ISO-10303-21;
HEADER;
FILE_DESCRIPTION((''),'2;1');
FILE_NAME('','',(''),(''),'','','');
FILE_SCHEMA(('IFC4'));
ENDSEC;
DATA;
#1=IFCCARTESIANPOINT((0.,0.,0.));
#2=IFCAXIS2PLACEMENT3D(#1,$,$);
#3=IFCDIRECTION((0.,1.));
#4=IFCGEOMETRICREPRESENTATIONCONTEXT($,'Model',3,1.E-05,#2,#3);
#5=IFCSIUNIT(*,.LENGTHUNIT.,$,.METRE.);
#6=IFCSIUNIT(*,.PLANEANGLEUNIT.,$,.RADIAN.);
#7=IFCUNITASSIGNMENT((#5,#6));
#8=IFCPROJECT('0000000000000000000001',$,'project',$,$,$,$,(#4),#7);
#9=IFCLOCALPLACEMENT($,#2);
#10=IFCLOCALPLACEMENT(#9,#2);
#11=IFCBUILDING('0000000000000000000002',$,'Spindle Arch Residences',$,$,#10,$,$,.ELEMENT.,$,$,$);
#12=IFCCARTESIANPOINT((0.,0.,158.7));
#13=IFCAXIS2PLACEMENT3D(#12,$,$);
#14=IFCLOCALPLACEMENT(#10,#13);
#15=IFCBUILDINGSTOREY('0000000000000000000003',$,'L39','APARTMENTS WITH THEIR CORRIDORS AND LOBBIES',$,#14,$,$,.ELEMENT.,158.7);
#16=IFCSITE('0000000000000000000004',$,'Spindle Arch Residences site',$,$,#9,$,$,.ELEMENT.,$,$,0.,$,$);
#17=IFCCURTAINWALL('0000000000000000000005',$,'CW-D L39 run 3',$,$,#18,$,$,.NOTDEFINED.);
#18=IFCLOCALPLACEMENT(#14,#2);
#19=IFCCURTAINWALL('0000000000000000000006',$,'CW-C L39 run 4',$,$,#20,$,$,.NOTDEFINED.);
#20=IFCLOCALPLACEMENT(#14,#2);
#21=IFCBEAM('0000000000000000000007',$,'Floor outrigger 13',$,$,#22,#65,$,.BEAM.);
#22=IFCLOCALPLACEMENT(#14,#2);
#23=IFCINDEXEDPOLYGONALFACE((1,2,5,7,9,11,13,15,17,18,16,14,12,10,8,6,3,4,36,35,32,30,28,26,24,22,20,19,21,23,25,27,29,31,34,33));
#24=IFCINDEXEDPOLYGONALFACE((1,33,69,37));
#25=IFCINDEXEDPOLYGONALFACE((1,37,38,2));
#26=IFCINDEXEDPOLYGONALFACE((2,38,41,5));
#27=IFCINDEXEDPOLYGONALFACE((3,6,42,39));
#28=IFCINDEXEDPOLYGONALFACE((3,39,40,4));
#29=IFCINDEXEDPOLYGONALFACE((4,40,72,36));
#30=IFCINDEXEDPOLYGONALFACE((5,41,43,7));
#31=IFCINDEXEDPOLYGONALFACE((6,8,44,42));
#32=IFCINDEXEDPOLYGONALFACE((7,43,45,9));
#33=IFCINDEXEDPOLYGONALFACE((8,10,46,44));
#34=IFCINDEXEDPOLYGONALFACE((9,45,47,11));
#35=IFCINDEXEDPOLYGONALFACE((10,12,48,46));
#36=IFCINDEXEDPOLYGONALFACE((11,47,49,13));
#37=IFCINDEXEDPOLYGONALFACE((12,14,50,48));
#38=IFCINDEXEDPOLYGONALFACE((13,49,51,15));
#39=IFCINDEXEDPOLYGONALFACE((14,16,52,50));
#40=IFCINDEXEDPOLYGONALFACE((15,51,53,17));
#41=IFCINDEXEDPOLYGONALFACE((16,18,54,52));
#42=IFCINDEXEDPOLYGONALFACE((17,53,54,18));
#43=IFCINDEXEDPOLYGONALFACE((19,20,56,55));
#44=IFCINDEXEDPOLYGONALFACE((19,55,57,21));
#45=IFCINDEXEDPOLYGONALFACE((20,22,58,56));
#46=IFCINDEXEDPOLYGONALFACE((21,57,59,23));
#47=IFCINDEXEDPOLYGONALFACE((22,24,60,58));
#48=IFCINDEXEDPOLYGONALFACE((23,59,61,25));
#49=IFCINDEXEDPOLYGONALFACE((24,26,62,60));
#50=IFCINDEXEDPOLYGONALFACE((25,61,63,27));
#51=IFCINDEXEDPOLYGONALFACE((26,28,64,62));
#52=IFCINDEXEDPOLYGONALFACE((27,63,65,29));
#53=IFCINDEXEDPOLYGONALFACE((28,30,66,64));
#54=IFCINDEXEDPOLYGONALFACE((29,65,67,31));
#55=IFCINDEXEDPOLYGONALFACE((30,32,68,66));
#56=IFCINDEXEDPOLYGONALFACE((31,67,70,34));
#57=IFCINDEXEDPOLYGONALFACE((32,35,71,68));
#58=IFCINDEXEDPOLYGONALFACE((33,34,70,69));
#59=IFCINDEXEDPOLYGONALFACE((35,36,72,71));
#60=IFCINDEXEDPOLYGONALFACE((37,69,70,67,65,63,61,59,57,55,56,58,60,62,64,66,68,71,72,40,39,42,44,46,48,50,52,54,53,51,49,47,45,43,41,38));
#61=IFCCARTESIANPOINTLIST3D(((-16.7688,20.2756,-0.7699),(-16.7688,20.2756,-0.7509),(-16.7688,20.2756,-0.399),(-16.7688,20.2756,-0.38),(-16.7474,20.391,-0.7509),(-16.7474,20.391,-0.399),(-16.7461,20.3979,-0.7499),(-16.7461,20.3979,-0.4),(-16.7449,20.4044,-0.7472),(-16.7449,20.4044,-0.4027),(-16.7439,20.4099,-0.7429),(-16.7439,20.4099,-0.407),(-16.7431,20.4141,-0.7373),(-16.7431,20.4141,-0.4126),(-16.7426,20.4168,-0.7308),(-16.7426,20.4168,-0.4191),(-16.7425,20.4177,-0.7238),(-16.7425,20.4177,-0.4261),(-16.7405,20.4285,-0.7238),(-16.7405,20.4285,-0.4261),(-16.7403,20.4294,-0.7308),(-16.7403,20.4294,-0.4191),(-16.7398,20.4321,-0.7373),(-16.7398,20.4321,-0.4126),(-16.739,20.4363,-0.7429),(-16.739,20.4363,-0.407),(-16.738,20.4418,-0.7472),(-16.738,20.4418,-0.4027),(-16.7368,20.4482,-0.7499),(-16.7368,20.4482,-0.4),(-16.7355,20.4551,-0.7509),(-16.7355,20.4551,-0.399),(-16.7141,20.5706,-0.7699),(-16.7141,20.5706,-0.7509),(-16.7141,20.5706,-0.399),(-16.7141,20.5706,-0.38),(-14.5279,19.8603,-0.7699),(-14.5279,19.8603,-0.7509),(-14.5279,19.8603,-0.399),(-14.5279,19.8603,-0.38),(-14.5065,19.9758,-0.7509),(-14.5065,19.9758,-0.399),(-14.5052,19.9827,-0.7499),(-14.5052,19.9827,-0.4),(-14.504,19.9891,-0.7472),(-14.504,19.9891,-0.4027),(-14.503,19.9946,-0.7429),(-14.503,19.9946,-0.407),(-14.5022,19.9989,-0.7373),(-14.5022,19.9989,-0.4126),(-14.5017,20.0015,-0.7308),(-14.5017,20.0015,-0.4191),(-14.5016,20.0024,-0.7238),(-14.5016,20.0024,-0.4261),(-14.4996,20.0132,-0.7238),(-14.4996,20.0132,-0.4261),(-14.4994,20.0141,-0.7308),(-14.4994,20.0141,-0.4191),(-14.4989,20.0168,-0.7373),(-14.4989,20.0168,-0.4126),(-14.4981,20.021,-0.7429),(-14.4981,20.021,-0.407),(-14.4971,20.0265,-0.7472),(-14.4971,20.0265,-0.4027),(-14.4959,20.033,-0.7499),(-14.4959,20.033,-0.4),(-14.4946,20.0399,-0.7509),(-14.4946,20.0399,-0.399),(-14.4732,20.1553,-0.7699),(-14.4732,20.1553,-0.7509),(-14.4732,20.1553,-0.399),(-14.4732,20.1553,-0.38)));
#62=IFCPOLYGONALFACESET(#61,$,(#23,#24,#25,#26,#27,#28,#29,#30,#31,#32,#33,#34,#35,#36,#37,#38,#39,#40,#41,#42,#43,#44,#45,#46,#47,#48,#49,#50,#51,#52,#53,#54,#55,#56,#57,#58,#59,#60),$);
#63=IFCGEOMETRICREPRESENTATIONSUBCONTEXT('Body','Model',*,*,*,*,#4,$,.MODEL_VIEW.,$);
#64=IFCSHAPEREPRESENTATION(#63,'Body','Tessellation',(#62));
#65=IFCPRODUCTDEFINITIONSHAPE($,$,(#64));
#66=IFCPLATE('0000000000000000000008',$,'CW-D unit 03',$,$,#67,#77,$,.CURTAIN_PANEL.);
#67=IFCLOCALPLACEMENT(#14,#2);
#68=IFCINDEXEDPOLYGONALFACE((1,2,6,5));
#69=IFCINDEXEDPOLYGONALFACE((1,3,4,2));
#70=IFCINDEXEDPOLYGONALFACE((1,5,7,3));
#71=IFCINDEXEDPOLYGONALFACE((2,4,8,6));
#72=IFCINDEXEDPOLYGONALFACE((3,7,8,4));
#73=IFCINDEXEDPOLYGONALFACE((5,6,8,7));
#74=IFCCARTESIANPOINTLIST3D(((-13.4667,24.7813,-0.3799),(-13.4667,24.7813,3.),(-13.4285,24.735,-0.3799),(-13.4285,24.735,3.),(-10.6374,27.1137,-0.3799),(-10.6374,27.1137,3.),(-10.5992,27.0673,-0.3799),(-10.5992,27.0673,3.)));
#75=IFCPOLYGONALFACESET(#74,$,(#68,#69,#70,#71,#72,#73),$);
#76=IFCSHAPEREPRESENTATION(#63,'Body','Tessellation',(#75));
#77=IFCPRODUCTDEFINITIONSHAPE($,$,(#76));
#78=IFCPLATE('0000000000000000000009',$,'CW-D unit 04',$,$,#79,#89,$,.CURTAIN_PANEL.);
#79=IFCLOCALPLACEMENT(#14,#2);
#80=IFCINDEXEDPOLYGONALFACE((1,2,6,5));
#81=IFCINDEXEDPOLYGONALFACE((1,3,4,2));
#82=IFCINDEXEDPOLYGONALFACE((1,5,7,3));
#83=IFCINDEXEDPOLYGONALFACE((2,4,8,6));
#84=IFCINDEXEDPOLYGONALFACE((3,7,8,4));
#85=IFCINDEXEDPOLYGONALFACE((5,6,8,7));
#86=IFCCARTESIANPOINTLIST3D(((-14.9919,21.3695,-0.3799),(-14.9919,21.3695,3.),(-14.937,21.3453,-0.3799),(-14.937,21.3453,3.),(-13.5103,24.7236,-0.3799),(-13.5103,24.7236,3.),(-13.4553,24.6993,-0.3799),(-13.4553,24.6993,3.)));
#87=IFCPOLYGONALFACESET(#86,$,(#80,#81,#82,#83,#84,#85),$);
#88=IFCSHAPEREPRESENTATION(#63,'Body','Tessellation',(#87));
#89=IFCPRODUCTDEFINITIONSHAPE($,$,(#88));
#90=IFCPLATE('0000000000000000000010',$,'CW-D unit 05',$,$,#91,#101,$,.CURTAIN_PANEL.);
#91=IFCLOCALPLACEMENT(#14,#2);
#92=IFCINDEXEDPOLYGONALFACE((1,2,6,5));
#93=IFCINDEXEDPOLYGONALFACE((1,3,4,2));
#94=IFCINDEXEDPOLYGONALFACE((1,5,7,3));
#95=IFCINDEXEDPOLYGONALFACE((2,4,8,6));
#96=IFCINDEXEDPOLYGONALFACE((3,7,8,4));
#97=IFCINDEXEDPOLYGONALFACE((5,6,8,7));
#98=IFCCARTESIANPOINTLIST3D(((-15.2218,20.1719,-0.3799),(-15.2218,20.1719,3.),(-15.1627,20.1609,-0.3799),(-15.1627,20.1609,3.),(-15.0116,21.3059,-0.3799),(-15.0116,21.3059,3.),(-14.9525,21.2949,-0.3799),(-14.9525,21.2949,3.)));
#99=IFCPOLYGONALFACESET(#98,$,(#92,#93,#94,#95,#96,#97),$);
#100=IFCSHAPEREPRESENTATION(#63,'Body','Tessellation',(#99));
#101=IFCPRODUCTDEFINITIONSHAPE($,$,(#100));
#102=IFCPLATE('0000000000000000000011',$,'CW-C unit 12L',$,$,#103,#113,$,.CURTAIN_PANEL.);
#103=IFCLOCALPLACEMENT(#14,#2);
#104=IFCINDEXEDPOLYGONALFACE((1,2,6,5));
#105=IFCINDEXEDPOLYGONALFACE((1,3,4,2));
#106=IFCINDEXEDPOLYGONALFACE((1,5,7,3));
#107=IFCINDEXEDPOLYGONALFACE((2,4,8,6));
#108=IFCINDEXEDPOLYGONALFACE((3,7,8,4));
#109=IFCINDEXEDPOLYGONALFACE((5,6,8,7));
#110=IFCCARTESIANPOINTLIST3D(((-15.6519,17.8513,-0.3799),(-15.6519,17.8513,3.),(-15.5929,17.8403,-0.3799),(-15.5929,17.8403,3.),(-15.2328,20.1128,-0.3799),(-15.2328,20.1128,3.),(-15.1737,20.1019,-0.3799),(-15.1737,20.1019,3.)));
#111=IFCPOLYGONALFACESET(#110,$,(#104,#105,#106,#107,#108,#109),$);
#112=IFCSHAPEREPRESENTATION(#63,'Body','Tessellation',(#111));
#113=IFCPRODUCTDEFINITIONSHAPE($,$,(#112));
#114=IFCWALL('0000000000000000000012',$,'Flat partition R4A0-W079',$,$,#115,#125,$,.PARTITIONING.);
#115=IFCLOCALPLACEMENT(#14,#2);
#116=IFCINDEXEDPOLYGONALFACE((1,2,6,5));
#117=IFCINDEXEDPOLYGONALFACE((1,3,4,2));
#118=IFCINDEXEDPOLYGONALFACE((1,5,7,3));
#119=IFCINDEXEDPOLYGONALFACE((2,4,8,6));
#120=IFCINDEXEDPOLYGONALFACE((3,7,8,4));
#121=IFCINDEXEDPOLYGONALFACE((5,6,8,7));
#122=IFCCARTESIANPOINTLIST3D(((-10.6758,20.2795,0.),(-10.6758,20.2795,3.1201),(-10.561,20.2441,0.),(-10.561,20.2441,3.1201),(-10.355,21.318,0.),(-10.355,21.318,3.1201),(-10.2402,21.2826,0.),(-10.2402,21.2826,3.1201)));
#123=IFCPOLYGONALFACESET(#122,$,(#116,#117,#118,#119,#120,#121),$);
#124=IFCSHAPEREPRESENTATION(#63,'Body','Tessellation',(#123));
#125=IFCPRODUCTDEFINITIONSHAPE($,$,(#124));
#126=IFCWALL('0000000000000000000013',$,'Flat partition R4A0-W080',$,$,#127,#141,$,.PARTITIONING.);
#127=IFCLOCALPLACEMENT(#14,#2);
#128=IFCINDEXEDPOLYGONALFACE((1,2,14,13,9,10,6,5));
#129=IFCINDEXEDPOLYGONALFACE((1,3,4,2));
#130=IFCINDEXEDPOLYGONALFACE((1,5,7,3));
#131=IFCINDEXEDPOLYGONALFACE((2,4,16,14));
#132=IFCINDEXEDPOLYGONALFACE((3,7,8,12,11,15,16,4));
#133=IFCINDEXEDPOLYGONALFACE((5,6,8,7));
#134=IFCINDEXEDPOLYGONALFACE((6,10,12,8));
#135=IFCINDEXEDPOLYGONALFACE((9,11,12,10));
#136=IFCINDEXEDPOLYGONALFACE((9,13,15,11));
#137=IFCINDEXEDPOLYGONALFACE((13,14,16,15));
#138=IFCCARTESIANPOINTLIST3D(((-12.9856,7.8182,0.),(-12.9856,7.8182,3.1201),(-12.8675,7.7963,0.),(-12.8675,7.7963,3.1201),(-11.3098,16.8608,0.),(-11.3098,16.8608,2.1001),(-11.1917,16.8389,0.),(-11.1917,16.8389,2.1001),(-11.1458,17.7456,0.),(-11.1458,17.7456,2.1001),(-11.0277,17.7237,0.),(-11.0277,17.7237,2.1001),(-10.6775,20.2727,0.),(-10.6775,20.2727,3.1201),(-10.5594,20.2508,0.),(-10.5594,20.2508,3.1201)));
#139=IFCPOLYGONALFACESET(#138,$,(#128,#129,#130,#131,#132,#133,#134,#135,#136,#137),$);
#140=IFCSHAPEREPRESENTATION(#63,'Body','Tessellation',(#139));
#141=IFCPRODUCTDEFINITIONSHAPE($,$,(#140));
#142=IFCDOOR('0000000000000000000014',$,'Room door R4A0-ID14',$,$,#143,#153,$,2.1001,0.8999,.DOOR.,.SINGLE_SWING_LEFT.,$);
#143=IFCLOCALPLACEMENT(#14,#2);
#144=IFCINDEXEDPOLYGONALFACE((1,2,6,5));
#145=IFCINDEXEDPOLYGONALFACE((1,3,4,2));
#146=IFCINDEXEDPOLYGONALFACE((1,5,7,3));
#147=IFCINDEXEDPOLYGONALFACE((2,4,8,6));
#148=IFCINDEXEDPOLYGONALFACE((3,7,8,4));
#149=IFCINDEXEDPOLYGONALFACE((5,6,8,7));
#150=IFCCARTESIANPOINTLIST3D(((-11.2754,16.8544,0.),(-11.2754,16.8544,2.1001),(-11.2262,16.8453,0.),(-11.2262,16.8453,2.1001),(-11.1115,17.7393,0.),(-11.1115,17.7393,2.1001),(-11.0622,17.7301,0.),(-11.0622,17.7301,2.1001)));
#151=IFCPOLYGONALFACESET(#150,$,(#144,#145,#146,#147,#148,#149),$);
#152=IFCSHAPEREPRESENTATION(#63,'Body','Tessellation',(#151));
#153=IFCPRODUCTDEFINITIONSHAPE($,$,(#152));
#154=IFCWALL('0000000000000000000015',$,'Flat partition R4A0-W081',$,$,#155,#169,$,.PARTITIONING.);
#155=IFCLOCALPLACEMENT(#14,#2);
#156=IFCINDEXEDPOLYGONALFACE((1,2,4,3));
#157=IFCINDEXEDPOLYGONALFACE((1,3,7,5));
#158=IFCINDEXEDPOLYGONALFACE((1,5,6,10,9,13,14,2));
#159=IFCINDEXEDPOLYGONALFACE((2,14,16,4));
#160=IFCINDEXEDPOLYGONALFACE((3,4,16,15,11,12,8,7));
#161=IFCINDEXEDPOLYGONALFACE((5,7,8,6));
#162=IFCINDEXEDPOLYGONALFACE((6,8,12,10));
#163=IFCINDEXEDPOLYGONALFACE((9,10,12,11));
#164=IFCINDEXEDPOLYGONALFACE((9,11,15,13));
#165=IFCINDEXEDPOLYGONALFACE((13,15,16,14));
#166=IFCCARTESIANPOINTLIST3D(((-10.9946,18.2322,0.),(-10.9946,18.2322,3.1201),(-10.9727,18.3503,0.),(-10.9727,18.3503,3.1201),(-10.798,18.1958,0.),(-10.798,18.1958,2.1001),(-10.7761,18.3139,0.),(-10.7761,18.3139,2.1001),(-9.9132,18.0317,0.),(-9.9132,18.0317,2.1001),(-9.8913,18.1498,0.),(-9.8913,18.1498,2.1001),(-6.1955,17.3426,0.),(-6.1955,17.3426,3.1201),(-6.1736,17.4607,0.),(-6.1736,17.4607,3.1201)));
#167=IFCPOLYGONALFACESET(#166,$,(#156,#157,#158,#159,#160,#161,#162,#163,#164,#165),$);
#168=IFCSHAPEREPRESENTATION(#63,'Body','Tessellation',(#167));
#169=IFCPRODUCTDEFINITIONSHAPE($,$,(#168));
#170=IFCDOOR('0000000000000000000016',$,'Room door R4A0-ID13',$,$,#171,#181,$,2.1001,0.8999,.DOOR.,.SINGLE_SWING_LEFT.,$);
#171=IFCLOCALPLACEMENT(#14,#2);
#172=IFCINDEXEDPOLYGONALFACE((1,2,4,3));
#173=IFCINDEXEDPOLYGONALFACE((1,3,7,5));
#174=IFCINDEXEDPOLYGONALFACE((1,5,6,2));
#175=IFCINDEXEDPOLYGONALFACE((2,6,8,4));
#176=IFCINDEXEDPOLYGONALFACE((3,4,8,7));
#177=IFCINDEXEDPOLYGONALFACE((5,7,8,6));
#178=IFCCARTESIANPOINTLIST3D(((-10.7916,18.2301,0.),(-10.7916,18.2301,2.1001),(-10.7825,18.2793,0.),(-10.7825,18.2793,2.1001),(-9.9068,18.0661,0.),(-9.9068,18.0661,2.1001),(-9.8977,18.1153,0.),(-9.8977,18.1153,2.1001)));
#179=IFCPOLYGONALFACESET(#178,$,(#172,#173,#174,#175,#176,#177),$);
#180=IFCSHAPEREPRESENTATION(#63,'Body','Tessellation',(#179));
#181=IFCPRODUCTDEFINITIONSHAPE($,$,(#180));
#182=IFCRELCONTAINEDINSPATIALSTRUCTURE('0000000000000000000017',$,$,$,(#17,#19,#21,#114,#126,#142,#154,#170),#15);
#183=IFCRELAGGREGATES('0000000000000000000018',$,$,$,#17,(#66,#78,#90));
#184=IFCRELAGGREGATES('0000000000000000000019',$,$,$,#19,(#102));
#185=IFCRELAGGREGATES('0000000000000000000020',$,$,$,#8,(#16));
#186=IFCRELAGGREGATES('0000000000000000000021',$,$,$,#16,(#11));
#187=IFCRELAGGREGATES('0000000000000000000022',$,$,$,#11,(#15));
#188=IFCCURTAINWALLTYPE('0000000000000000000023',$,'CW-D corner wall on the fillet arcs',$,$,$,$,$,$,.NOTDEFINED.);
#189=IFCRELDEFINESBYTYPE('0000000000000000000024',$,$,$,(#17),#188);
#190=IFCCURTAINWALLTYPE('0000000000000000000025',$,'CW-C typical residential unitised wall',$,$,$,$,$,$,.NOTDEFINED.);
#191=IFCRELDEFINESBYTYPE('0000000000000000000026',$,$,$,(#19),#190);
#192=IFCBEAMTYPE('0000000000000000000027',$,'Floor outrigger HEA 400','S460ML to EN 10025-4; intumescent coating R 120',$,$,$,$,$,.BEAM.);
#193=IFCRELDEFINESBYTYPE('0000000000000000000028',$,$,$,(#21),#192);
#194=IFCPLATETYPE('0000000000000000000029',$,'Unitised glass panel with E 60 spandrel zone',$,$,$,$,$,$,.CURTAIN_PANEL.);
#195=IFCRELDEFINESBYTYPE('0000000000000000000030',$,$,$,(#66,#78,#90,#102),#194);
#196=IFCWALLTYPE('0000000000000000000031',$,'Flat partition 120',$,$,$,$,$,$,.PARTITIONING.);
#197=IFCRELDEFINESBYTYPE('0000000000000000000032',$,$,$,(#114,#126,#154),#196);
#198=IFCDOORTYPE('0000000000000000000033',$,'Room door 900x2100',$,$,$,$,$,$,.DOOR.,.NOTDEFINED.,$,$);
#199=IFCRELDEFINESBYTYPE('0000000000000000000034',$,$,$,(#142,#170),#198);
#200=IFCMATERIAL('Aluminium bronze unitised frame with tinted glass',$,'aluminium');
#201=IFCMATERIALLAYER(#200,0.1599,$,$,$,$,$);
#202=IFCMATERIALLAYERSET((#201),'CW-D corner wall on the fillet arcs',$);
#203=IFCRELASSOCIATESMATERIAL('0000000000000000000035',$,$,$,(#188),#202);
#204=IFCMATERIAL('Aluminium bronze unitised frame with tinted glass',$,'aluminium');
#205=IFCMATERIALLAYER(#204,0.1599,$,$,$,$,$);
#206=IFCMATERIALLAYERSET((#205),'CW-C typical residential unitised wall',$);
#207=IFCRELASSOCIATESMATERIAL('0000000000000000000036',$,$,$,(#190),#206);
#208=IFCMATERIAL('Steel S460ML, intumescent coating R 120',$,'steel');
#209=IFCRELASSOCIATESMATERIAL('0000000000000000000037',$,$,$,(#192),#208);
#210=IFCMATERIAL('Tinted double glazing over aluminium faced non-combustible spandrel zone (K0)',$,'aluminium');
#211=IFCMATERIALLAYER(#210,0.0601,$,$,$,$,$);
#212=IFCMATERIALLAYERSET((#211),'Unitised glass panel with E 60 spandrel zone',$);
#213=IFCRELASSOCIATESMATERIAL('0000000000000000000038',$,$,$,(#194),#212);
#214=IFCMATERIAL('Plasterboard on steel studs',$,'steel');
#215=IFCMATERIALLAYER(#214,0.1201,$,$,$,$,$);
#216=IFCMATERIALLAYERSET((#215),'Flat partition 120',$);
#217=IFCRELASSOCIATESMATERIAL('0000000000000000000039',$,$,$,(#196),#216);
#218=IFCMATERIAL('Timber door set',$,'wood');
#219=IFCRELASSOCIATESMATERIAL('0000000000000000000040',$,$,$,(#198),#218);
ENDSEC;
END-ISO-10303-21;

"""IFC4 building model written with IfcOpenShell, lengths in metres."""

from ifc_helpers import new_model, si_unit, direction, frame, frame_2d, origin, origin_2d, place, context, subcontext, project, spatial, rectangle, i_section, extrude, material, layer, layer_set, material_profile, profile_set, type_object, element, fill, aggregate, save


model = new_model("IFC4")

# Units and contexts
model_context = context("Model", 3, precision=1e-05, world=origin(), true_north=direction((0.0, 1.0)))
body_context = subcontext(model_context, "Body", "Model", "MODEL_VIEW")
ifc_project = project(units=[si_unit("LENGTHUNIT", "METRE"), si_unit("PLANEANGLEUNIT", "RADIAN")], contexts=[model_context])

# Site, building, storey
site_placement = place(None, origin())
site = spatial("IfcSite", under=ifc_project, at=site_placement, Name="Spindle Arch Residences site", CompositionType="ELEMENT", RefElevation=0.0)
building_placement = place(site_placement, origin())
building = spatial("IfcBuilding", under=site, at=building_placement, Name="Spindle Arch Residences", CompositionType="ELEMENT")
storey_placement = place(building_placement, frame((0.0, 0.0, 158.7)))
storey = spatial("IfcBuildingStorey", under=building, at=storey_placement, Name="L39", Description="APARTMENTS WITH THEIR CORRIDORS AND LOBBIES", CompositionType="ELEMENT", Elevation=158.7)

# Curtain wall
ifc_material_1 = material(Name="Aluminium bronze unitised frame with tinted glass", Category="aluminium")
ifc_layer_1 = layer(ifc_material_1, 0.1599)
ifc_layer_set_1 = layer_set([ifc_layer_1], Name="CW-D corner wall on the fillet arcs")
curtain_wall_type_1 = type_object("IfcCurtainWallType", Name="CW-D corner wall on the fillet arcs", PredefinedType="NOTDEFINED", material=ifc_layer_set_1)
curtain_wall_1_placement = place(storey_placement, origin())
curtain_wall_1 = element("IfcCurtainWall", 1, at=curtain_wall_1_placement, inside=storey, type_object=curtain_wall_type_1, Name="CW-D L39 run 3", PredefinedType="NOTDEFINED")

# Curtain wall
ifc_material_2 = material(Name="Aluminium bronze unitised frame with tinted glass", Category="aluminium")
ifc_layer_2 = layer(ifc_material_2, 0.1599)
ifc_layer_set_2 = layer_set([ifc_layer_2], Name="CW-C typical residential unitised wall")
curtain_wall_type_2 = type_object("IfcCurtainWallType", Name="CW-C typical residential unitised wall", PredefinedType="NOTDEFINED", material=ifc_layer_set_2)
curtain_wall_2_placement = place(storey_placement, origin())
curtain_wall_2 = element("IfcCurtainWall", 2, at=curtain_wall_2_placement, inside=storey, type_object=curtain_wall_type_2, Name="CW-C L39 run 4", PredefinedType="NOTDEFINED")

# Beam
ifc_material_3 = material(Name="Steel S460ML, intumescent coating R 120", Category="steel")
ifc_material_profile_1 = material_profile(ifc_material_3, i_section(OverallWidth=0.3, OverallDepth=0.3899, WebThickness=0.011, FlangeThickness=0.019, FilletRadius=0.0271, at=origin_2d()), Name="HEA 400")
ifc_profile_set_1 = profile_set([ifc_material_profile_1], Name="Steel S460ML, intumescent coating R 120")
beam_type_1 = type_object("IfcBeamType", Name="Floor outrigger HEA 400", Description="S460ML to EN 10025-4; intumescent coating R 120", PredefinedType="BEAM", material=ifc_profile_set_1)
beam_1_placement = place(storey_placement, frame((-16.7415, 20.4231, -0.575), z_axis=(0.983259, -0.182212, 0.0), x_axis=(0.182212, 0.983259, 0.0)))
element("IfcBeam", 3, at=beam_1_placement, inside=storey, type_object=beam_type_1, Name="Floor outrigger 13", PredefinedType="BEAM", context=body_context, shape_type="SweptSolid", body=[
    extrude(i_section(OverallWidth=0.3, OverallDepth=0.3899, WebThickness=0.011, FlangeThickness=0.019, FilletRadius=0.0271, at=origin_2d()), origin(), (0.0, 0.0, 1.0), 2.2791),
])

# Plates
ifc_material_4 = material(Name="Tinted double glazing over aluminium faced non-combustible spandrel zone (K0)", Category="aluminium")
ifc_layer_3 = layer(ifc_material_4, 0.0601)
ifc_layer_set_3 = layer_set([ifc_layer_3], Name="Unitised glass panel with E 60 spandrel zone")
plate_type = type_object("IfcPlateType", Name="Unitised glass panel with E 60 spandrel zone", PredefinedType="CURTAIN_PANEL", material=ifc_layer_set_3)
plate_1_placement = place(storey_placement, frame((-12.033, 25.9243, -0.3799), z_axis=(0.0, 0.0, 1.0), x_axis=(-0.771625, -0.636078, 0.0)))
plate_1 = element("IfcPlate", 4, at=plate_1_placement, type_object=plate_type, Name="CW-D unit 03", PredefinedType="CURTAIN_PANEL", context=body_context, shape_type="SweptSolid", body=[
    extrude(rectangle(XDim=3.6667, YDim=0.0601, at=origin_2d()), origin(), (0.0, 0.0, 1.0), 3.3799),
])
plate_2_placement = place(storey_placement, frame((-14.2236, 23.0344, -0.3799), z_axis=(0.0, 0.0, 1.0), x_axis=(-0.404078, -0.914725, 0.0)))
plate_2 = element("IfcPlate", 5, at=plate_2_placement, type_object=plate_type, Name="CW-D unit 04", PredefinedType="CURTAIN_PANEL", context=body_context, shape_type="SweptSolid", body=[
    extrude(rectangle(XDim=3.6667, YDim=0.0601, at=origin_2d()), origin(), (0.0, 0.0, 1.0), 3.3799),
])
plate_3_placement = place(storey_placement, frame((-15.0872, 20.7334, -0.3799), z_axis=(0.0, 0.0, 1.0), x_axis=(-0.182236, -0.983255, 0.0)))
plate_3 = element("IfcPlate", 6, at=plate_3_placement, type_object=plate_type, Name="CW-D unit 05", PredefinedType="CURTAIN_PANEL", context=body_context, shape_type="SweptSolid", body=[
    extrude(rectangle(XDim=1.1533, YDim=0.0601, at=origin_2d()), origin(), (0.0, 0.0, 1.0), 3.3799),
])
aggregate(curtain_wall_1, [plate_1, plate_2, plate_3])
plate_4_placement = place(storey_placement, frame((-15.4128, 18.9766, -0.3799), z_axis=(0.0, 0.0, 1.0), x_axis=(-0.182236, -0.983255, 0.0)))
plate_4 = element("IfcPlate", 7, at=plate_4_placement, type_object=plate_type, Name="CW-C unit 12L", PredefinedType="CURTAIN_PANEL", context=body_context, shape_type="SweptSolid", body=[
    extrude(rectangle(XDim=2.3, YDim=0.0601, at=origin_2d()), origin(), (0.0, 0.0, 1.0), 3.3799),
])
aggregate(curtain_wall_2, [plate_4])

# Wall
ifc_material_5 = material(Name="Plasterboard on steel studs", Category="steel")
ifc_layer_4 = layer(ifc_material_5, 0.1201)
ifc_layer_set_4 = layer_set([ifc_layer_4], Name="Flat partition 120")
wall_type_1 = type_object("IfcWallType", Name="Flat partition 120", PredefinedType="PARTITIONING", material=ifc_layer_set_4)
wall_1_placement = place(storey_placement, frame((-10.2976, 21.3003, 0.0), z_axis=(0.0, 0.0, 1.0), x_axis=(-0.295127, -0.955458, 0.0)))
element("IfcWall", 8, at=wall_1_placement, inside=storey, type_object=wall_type_1, Name="Flat partition R4A0-W079", PredefinedType="PARTITIONING", context=body_context, shape_type="SweptSolid", body=[
    extrude(rectangle(XDim=1.0869, YDim=0.1201, at=frame_2d((0.5435, 0.0))), origin(), (0.0, 0.0, 1.0), 3.1201),
])

# Walls, openings, doors
wall_2_placement = place(storey_placement, frame((-10.6184, 20.2617, 0.0), z_axis=(0.0, 0.0, 1.0), x_axis=(-0.182222, -0.983257, 0.0)))
wall_2 = element("IfcWall", 9, at=wall_2_placement, inside=storey, type_object=wall_type_1, Name="Flat partition R4A0-W080", PredefinedType="PARTITIONING", context=body_context, shape_type="SweptSolid", body=[
    extrude(rectangle(XDim=12.6665, YDim=0.1201, at=frame_2d((6.3333, 0.0))), origin(), (0.0, 0.0, 1.0), 3.1201),
])
opening_1_placement = place(wall_2_placement, frame((2.5701, 0.0, 0.0)))
opening_1 = element("IfcOpeningElement", 10, at=opening_1_placement, cuts=wall_2, PredefinedType="OPENING", context=body_context, shape_type="SweptSolid", body=[
    extrude(rectangle(XDim=0.8999, YDim=2.1001, at=frame_2d((0.45, 1.05))), frame((0.0, 0.0701, 0.0), z_axis=(0.0, -1.0, 0.0), x_axis=(1.0, 0.0, 0.0)), (0.0, 0.0, 1.0), 0.1401),
])
ifc_material_6 = material(Name="Timber door set", Category="wood")
door_type_1 = type_object("IfcDoorType", Name="Room door 900x2100", OperationType="NOTDEFINED", PredefinedType="DOOR", material=ifc_material_6)
door_1_placement = place(opening_1_placement, origin())
door_1 = element("IfcDoor", 11, at=door_1_placement, inside=storey, type_object=door_type_1, Name="Room door R4A0-ID14", OperationType="SINGLE_SWING_LEFT", OverallHeight=2.1001, OverallWidth=0.8999, PredefinedType="DOOR", context=body_context, shape_type="SweptSolid", body=[
    extrude(rectangle(XDim=0.8999, YDim=2.1001, at=frame_2d((0.45, 1.05))), frame((0.0, 0.0249, 0.0), z_axis=(0.0, -1.0, 0.0), x_axis=(1.0, 0.0, 0.0)), (0.0, 0.0, 1.0), 0.05),
])
fill(opening_1, door_1)
wall_3_placement = place(storey_placement, frame((-10.9836, 18.2913, 0.0), z_axis=(0.0, 0.0, 1.0), x_axis=(0.983248, -0.182274, 0.0)))
wall_3 = element("IfcWall", 12, at=wall_3_placement, inside=storey, type_object=wall_type_1, Name="Flat partition R4A0-W081", PredefinedType="PARTITIONING", context=body_context, shape_type="SweptSolid", body=[
    extrude(rectangle(XDim=4.8809, YDim=0.1201, at=frame_2d((2.4404, 0.0))), origin(), (0.0, 0.0, 1.0), 3.1201),
])
opening_2_placement = place(wall_3_placement, frame((0.2, 0.0, 0.0)))
opening_2 = element("IfcOpeningElement", 13, at=opening_2_placement, cuts=wall_3, PredefinedType="OPENING", context=body_context, shape_type="SweptSolid", body=[
    extrude(rectangle(XDim=0.8999, YDim=2.1001, at=frame_2d((0.45, 1.05))), frame((0.0, 0.0701, 0.0), z_axis=(0.0, -1.0, 0.0), x_axis=(1.0, 0.0, 0.0)), (0.0, 0.0, 1.0), 0.1401),
])
door_2_placement = place(opening_2_placement, origin())
door_2 = element("IfcDoor", 14, at=door_2_placement, inside=storey, type_object=door_type_1, Name="Room door R4A0-ID13", OperationType="SINGLE_SWING_LEFT", OverallHeight=2.1001, OverallWidth=0.8999, PredefinedType="DOOR", context=body_context, shape_type="SweptSolid", body=[
    extrude(rectangle(XDim=0.8999, YDim=2.1001, at=frame_2d((0.45, 1.05))), frame((0.0, 0.0249, 0.0), z_axis=(0.0, -1.0, 0.0), x_axis=(1.0, 0.0, 0.0)), (0.0, 0.0, 1.0), 0.05),
])
fill(opening_2, door_2)

save(model, "model.ifc")
